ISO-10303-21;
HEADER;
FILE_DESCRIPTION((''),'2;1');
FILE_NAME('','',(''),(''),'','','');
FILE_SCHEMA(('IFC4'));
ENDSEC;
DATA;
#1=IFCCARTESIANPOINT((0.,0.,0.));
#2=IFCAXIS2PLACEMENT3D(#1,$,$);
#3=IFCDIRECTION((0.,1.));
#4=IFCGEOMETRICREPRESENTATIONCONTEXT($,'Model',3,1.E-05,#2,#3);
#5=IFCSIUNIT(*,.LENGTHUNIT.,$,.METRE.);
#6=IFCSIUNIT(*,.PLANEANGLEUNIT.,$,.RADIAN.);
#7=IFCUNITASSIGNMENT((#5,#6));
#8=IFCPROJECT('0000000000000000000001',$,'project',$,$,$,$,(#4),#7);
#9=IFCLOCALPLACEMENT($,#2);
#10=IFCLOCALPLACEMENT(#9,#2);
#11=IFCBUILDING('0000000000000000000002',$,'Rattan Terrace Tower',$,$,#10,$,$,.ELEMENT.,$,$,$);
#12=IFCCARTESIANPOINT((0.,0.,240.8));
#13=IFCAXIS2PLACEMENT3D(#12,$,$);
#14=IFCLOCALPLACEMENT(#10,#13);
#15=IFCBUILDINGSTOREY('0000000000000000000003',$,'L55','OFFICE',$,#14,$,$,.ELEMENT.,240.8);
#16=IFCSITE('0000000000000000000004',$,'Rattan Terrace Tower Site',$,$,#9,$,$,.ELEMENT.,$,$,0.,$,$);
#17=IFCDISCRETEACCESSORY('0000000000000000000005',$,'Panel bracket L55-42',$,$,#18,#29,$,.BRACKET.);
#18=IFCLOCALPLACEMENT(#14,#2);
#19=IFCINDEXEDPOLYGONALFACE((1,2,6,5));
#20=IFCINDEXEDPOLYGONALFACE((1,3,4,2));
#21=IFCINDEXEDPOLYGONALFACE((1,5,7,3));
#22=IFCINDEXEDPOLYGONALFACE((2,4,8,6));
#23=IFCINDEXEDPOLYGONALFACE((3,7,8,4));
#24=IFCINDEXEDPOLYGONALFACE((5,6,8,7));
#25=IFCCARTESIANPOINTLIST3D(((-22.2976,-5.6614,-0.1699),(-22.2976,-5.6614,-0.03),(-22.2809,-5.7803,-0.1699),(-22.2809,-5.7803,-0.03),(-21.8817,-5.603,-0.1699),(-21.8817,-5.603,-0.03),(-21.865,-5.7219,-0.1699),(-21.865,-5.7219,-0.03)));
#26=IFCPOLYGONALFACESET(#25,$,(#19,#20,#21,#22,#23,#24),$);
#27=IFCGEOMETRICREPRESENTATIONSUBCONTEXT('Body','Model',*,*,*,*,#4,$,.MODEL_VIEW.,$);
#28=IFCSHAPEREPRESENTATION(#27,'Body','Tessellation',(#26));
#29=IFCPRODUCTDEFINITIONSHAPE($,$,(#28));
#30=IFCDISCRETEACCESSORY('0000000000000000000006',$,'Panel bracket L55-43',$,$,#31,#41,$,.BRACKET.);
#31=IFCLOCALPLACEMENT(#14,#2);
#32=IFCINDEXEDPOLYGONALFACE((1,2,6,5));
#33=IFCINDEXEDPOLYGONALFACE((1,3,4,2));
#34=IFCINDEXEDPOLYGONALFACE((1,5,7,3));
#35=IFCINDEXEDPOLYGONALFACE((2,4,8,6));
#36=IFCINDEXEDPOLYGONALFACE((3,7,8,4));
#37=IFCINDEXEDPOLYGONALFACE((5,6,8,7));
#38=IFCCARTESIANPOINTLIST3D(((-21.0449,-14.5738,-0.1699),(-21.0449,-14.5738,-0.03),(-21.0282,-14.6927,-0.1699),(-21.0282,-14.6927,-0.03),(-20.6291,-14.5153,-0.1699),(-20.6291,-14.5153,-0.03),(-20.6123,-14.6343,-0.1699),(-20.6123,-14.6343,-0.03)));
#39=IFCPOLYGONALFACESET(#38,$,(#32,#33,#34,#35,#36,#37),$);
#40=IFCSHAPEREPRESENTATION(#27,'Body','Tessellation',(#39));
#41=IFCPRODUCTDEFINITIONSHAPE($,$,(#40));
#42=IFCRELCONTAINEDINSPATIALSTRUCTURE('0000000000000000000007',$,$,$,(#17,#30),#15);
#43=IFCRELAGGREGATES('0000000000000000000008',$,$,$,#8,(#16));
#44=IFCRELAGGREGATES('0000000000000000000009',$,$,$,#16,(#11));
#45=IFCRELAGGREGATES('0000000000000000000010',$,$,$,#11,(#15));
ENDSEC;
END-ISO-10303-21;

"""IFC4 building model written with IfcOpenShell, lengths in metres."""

from ifc_helpers import new_model, si_unit, direction, frame, origin, origin_2d, place, context, subcontext, project, spatial, rectangle, extrude, element, save


model = new_model("IFC4")

# Units and contexts
model_context = context("Model", 3, precision=1e-05, world=origin(), true_north=direction((0.0, 1.0)))
body_context = subcontext(model_context, "Body", "Model", "MODEL_VIEW")
ifc_project = project(units=[si_unit("LENGTHUNIT", "METRE"), si_unit("PLANEANGLEUNIT", "RADIAN")], contexts=[model_context])

# Site, building, storey
site_placement = place(None, origin())
site = spatial("IfcSite", under=ifc_project, at=site_placement, Name="Rattan Terrace Tower Site", CompositionType="ELEMENT", RefElevation=0.0)
building_placement = place(site_placement, origin())
building = spatial("IfcBuilding", under=site, at=building_placement, Name="Rattan Terrace Tower", CompositionType="ELEMENT")
storey_placement = place(building_placement, frame((0.0, 0.0, 240.8)))
storey = spatial("IfcBuildingStorey", under=building, at=storey_placement, Name="L55", Description="OFFICE", CompositionType="ELEMENT", Elevation=240.8)

# Discrete accessories
for number, where, z_axis, x_axis, name in (
    (1, (-22.0813, -5.6917, -0.1699), (0.0, 0.0, 1.0), (0.139186, -0.990266, 0.0), "Panel bracket L55-42"),
    (2, (-20.8286, -14.604, -0.1699), (0.0, 0.0, 1.0), (0.139186, -0.990266, 0.0), "Panel bracket L55-43"),
):
    element("IfcDiscreteAccessory", number, at=place(storey_placement, frame(where, z_axis=z_axis, x_axis=x_axis)), inside=storey, Name=name, PredefinedType="BRACKET", context=body_context, shape_type="SweptSolid", body=[
        extrude(rectangle(XDim=0.1201, YDim=0.4199, at=origin_2d()), origin(), (0.0, 0.0, 1.0), 0.1399),
    ])

save(model, "model.ifc")
